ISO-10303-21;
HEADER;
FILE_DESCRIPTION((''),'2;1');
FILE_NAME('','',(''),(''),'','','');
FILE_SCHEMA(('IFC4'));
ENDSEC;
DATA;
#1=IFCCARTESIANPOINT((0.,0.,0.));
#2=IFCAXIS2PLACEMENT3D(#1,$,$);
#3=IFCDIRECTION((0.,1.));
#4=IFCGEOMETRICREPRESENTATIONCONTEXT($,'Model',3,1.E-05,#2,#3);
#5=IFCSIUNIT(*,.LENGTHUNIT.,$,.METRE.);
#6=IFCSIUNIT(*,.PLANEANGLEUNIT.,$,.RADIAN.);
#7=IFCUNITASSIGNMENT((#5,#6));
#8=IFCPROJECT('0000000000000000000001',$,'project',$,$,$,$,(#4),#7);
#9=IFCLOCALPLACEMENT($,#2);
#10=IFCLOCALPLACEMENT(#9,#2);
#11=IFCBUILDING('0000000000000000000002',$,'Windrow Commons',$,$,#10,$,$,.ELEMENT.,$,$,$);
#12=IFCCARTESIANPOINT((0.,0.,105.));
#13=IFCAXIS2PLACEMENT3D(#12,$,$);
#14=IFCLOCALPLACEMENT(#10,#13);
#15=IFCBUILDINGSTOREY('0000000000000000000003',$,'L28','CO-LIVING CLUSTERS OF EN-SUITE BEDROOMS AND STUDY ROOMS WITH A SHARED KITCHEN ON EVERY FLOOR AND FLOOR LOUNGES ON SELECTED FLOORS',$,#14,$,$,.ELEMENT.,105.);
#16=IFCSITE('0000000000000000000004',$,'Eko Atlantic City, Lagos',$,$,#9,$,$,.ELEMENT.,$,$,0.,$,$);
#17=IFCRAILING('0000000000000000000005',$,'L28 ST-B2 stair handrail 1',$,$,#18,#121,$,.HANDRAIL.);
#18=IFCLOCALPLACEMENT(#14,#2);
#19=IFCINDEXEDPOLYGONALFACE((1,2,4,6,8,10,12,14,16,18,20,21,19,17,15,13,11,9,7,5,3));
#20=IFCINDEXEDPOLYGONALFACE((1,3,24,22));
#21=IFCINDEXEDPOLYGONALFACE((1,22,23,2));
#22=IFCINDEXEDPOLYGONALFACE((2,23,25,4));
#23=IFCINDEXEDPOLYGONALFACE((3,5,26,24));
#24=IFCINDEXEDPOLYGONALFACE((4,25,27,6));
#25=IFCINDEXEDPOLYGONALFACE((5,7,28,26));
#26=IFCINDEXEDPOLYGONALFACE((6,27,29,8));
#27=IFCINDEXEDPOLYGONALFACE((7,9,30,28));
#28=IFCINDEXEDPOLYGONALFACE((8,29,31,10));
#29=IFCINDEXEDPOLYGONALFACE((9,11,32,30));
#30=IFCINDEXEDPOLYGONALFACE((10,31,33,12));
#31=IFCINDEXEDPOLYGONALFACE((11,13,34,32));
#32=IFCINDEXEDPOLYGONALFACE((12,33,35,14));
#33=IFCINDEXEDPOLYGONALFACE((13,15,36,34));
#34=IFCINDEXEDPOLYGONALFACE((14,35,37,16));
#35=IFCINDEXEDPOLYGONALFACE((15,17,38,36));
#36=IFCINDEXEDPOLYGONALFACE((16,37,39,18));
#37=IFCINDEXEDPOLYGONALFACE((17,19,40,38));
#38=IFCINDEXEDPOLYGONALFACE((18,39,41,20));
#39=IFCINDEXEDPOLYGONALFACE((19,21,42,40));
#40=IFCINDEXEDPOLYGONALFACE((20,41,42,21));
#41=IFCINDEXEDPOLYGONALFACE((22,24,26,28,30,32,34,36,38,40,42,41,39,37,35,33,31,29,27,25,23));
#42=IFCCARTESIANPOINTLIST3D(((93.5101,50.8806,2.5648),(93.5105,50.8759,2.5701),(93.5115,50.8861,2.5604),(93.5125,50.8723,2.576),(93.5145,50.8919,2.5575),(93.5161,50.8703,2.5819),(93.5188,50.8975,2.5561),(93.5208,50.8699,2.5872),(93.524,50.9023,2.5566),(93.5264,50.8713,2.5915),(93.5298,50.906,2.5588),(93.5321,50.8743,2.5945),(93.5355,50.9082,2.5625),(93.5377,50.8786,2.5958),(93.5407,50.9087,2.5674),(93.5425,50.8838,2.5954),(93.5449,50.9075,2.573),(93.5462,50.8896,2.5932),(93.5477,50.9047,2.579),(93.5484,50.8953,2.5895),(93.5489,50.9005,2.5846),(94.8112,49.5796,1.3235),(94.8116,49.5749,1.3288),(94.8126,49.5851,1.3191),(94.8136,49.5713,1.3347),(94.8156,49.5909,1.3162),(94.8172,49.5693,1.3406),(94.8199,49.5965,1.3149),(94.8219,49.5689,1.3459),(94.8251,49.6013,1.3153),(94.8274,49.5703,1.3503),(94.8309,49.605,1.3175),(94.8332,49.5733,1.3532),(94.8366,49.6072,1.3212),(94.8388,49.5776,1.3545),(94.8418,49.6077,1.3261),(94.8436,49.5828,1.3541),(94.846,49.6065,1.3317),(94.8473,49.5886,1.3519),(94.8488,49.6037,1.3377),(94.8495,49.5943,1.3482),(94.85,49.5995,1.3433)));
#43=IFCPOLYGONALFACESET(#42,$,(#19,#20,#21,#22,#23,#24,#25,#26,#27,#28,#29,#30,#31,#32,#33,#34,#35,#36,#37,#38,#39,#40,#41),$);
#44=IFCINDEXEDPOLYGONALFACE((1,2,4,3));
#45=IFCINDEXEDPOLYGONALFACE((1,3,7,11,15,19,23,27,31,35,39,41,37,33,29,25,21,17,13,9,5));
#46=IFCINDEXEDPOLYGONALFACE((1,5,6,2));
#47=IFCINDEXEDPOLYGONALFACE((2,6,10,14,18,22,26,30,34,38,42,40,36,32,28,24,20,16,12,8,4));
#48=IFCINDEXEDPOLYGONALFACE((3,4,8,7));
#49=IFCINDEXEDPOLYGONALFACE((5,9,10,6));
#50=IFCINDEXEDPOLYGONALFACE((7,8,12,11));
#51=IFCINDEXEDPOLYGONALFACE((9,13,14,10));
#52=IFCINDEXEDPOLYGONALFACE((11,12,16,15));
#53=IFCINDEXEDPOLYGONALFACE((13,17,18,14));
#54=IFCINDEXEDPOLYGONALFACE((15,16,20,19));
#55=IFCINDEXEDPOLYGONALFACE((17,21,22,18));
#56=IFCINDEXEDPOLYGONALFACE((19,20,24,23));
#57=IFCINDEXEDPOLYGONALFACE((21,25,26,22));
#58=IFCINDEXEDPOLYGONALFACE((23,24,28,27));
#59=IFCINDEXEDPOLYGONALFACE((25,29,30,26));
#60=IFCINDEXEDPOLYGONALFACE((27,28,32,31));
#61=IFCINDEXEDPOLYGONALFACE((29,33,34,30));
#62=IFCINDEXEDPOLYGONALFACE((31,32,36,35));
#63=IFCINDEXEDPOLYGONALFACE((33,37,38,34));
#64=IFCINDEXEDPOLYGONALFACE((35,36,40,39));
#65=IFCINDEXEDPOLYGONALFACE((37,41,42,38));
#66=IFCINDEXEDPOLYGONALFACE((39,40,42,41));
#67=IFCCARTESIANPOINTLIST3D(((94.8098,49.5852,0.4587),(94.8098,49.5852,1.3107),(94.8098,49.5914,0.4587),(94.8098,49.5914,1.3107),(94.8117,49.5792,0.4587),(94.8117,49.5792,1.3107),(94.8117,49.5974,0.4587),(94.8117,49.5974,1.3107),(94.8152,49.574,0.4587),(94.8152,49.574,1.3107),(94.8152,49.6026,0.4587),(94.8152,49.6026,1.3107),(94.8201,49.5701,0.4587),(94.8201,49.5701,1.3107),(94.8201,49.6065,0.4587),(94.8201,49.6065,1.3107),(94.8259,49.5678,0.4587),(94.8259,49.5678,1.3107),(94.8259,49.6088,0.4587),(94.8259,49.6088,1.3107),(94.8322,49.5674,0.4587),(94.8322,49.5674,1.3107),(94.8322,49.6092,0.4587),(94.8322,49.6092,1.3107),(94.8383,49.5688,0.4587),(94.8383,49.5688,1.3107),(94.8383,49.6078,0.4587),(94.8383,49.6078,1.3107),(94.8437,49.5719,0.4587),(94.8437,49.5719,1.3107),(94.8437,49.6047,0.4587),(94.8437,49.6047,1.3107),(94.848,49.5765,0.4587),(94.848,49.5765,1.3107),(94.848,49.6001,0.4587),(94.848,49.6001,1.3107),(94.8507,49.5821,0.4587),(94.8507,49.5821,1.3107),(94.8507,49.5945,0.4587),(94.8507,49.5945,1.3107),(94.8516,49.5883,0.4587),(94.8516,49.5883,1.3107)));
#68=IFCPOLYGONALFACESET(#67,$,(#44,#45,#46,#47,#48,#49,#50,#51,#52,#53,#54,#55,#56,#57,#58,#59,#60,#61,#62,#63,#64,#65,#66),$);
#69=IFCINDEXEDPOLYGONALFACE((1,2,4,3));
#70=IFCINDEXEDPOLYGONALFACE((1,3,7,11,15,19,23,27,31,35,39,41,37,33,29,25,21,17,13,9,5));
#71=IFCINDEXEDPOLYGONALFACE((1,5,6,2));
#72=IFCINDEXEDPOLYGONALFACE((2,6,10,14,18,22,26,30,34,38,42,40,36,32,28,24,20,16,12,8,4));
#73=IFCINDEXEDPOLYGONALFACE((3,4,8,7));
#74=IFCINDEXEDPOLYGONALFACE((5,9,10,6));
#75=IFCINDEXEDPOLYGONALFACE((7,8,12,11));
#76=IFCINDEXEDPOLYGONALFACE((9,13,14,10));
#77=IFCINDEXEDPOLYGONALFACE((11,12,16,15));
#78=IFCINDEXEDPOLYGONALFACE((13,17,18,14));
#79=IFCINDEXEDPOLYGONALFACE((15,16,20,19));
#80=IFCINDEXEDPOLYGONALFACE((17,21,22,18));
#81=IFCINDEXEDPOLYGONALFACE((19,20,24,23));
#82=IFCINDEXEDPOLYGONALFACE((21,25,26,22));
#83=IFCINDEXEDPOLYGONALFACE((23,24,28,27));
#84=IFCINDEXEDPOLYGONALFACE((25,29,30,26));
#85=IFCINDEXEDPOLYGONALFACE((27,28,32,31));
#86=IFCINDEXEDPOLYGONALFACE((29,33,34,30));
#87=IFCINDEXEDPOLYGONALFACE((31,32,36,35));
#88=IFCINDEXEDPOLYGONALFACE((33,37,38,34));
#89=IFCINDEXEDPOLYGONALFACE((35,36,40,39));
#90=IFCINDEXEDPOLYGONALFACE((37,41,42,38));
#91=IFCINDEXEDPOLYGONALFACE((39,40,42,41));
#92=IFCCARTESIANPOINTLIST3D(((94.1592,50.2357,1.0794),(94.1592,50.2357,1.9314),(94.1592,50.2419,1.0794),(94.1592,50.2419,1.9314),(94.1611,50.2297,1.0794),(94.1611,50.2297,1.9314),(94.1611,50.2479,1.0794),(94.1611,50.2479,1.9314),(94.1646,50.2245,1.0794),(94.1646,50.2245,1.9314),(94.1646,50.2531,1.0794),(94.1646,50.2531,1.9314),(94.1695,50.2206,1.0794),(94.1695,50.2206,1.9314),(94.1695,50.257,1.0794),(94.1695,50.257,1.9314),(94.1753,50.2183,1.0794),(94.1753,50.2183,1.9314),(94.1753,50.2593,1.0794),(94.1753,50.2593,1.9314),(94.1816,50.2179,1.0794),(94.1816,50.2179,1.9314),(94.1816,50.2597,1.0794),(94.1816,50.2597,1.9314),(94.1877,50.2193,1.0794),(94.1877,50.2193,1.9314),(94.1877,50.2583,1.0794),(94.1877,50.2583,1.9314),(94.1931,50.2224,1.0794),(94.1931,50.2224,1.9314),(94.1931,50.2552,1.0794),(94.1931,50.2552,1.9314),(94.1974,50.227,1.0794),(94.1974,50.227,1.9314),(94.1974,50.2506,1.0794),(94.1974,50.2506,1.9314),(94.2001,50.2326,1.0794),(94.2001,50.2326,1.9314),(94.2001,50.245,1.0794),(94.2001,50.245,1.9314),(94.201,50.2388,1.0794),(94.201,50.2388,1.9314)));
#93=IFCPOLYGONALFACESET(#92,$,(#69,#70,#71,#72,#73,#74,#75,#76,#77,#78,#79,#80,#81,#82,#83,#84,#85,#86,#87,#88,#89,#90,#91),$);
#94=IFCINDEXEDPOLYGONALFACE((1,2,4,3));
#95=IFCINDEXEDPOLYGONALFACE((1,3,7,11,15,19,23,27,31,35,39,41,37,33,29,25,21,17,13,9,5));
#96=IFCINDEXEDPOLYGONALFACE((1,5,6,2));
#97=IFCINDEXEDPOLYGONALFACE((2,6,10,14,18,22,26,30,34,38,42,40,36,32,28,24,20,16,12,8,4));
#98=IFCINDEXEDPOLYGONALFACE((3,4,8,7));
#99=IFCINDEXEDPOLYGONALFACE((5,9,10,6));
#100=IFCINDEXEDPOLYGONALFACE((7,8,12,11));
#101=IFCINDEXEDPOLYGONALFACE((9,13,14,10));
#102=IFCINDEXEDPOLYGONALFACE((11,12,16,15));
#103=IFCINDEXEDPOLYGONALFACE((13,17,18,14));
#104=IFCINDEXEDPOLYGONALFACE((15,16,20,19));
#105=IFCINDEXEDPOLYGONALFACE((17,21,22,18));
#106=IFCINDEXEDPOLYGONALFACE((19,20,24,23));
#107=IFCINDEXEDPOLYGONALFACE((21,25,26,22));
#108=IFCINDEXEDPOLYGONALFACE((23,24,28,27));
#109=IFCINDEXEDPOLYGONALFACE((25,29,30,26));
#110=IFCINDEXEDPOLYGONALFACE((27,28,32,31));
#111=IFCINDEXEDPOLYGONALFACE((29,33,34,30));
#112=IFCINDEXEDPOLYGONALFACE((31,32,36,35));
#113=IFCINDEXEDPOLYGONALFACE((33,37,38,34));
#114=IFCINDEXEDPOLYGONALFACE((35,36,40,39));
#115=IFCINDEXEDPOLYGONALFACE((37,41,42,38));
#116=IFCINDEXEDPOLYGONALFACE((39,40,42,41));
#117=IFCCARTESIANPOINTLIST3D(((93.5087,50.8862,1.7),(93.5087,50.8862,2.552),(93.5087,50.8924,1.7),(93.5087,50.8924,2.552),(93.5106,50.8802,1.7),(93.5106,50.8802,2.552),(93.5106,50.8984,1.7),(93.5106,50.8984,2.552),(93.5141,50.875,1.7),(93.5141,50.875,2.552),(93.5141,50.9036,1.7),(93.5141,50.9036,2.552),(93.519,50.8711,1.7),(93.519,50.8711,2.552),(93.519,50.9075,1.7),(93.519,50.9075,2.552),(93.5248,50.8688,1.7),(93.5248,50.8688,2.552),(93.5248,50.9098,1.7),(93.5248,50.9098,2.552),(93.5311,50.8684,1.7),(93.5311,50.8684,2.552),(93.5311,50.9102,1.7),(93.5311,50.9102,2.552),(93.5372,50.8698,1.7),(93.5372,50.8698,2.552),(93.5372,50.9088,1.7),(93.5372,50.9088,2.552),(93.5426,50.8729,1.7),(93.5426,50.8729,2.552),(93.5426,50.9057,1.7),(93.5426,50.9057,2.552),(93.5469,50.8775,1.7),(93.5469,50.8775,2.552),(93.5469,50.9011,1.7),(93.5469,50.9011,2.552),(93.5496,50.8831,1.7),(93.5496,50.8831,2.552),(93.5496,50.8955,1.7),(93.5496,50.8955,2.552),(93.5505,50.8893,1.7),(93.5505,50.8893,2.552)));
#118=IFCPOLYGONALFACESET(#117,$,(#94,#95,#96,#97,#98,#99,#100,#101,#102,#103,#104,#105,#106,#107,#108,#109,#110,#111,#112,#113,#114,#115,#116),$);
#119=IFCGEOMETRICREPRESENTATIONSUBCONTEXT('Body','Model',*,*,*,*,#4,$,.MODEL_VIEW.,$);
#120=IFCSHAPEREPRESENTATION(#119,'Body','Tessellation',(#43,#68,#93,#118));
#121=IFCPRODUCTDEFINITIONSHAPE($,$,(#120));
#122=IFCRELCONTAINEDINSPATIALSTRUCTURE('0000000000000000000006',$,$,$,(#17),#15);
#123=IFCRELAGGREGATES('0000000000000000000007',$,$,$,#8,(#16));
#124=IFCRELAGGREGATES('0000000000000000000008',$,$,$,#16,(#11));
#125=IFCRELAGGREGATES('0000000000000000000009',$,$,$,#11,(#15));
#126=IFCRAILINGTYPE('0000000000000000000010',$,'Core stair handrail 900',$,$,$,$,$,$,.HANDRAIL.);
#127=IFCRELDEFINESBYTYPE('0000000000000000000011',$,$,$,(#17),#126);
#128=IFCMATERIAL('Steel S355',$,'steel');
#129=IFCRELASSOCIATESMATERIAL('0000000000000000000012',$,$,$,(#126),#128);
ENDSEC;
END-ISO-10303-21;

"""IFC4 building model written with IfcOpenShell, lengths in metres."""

from ifc_helpers import new_model, si_unit, direction, frame, origin, origin_2d, place, context, subcontext, project, spatial, circle, extrude, material, type_object, element, save


model = new_model("IFC4")

# Units and contexts
model_context = context("Model", 3, precision=1e-05, world=origin(), true_north=direction((0.0, 1.0)))
body_context = subcontext(model_context, "Body", "Model", "MODEL_VIEW")
ifc_project = project(units=[si_unit("LENGTHUNIT", "METRE"), si_unit("PLANEANGLEUNIT", "RADIAN")], contexts=[model_context])

# Site, building, storey
site_placement = place(None, origin())
site = spatial("IfcSite", under=ifc_project, at=site_placement, Name="Eko Atlantic City, Lagos", CompositionType="ELEMENT", RefElevation=0.0)
building_placement = place(site_placement, origin())
building = spatial("IfcBuilding", under=site, at=building_placement, Name="Windrow Commons", CompositionType="ELEMENT")
storey_placement = place(building_placement, frame((0.0, 0.0, 105.0)))
storey = spatial("IfcBuildingStorey", under=building, at=storey_placement, Name="L28", Description="CO-LIVING CLUSTERS OF EN-SUITE BEDROOMS AND STUDY ROOMS WITH A SHARED KITCHEN ON EVERY FLOOR AND FLOOR LOUNGES ON SELECTED FLOORS", CompositionType="ELEMENT", Elevation=105.0)

# Railing
ifc_material_1 = material(Name="Steel S355", Category="steel")
railing_type_1 = type_object("IfcRailingType", Name="Core stair handrail 900", PredefinedType="HANDRAIL", material=ifc_material_1)
railing_1_placement = place(storey_placement, frame((94.8306, 49.5883, 0.4587)))
element("IfcRailing", 1, at=railing_1_placement, inside=storey, type_object=railing_type_1, Name="L28 ST-B2 stair handrail 1", PredefinedType="HANDRAIL", context=body_context, shape_type="SweptSolid", body=[
    extrude(circle(Radius=0.024, at=origin_2d()), frame((0.0, 0.0, 0.876), z_axis=(-0.586207, 0.586162, 0.559264), x_axis=(-0.70708, -0.707134, 0.0)), (0.0, 0.0, 1.0), 2.2195),
    extrude(circle(Radius=0.021, at=origin_2d()), origin(), (0.0, 0.0, 1.0), 0.852),
    extrude(circle(Radius=0.021, at=origin_2d()), frame((-0.6506, 0.6505, 0.6207)), (0.0, 0.0, 1.0), 0.852),
    extrude(circle(Radius=0.021, at=origin_2d()), frame((-1.3011, 1.301, 1.2413)), (0.0, 0.0, 1.0), 0.852),
])

save(model, "model.ifc")
